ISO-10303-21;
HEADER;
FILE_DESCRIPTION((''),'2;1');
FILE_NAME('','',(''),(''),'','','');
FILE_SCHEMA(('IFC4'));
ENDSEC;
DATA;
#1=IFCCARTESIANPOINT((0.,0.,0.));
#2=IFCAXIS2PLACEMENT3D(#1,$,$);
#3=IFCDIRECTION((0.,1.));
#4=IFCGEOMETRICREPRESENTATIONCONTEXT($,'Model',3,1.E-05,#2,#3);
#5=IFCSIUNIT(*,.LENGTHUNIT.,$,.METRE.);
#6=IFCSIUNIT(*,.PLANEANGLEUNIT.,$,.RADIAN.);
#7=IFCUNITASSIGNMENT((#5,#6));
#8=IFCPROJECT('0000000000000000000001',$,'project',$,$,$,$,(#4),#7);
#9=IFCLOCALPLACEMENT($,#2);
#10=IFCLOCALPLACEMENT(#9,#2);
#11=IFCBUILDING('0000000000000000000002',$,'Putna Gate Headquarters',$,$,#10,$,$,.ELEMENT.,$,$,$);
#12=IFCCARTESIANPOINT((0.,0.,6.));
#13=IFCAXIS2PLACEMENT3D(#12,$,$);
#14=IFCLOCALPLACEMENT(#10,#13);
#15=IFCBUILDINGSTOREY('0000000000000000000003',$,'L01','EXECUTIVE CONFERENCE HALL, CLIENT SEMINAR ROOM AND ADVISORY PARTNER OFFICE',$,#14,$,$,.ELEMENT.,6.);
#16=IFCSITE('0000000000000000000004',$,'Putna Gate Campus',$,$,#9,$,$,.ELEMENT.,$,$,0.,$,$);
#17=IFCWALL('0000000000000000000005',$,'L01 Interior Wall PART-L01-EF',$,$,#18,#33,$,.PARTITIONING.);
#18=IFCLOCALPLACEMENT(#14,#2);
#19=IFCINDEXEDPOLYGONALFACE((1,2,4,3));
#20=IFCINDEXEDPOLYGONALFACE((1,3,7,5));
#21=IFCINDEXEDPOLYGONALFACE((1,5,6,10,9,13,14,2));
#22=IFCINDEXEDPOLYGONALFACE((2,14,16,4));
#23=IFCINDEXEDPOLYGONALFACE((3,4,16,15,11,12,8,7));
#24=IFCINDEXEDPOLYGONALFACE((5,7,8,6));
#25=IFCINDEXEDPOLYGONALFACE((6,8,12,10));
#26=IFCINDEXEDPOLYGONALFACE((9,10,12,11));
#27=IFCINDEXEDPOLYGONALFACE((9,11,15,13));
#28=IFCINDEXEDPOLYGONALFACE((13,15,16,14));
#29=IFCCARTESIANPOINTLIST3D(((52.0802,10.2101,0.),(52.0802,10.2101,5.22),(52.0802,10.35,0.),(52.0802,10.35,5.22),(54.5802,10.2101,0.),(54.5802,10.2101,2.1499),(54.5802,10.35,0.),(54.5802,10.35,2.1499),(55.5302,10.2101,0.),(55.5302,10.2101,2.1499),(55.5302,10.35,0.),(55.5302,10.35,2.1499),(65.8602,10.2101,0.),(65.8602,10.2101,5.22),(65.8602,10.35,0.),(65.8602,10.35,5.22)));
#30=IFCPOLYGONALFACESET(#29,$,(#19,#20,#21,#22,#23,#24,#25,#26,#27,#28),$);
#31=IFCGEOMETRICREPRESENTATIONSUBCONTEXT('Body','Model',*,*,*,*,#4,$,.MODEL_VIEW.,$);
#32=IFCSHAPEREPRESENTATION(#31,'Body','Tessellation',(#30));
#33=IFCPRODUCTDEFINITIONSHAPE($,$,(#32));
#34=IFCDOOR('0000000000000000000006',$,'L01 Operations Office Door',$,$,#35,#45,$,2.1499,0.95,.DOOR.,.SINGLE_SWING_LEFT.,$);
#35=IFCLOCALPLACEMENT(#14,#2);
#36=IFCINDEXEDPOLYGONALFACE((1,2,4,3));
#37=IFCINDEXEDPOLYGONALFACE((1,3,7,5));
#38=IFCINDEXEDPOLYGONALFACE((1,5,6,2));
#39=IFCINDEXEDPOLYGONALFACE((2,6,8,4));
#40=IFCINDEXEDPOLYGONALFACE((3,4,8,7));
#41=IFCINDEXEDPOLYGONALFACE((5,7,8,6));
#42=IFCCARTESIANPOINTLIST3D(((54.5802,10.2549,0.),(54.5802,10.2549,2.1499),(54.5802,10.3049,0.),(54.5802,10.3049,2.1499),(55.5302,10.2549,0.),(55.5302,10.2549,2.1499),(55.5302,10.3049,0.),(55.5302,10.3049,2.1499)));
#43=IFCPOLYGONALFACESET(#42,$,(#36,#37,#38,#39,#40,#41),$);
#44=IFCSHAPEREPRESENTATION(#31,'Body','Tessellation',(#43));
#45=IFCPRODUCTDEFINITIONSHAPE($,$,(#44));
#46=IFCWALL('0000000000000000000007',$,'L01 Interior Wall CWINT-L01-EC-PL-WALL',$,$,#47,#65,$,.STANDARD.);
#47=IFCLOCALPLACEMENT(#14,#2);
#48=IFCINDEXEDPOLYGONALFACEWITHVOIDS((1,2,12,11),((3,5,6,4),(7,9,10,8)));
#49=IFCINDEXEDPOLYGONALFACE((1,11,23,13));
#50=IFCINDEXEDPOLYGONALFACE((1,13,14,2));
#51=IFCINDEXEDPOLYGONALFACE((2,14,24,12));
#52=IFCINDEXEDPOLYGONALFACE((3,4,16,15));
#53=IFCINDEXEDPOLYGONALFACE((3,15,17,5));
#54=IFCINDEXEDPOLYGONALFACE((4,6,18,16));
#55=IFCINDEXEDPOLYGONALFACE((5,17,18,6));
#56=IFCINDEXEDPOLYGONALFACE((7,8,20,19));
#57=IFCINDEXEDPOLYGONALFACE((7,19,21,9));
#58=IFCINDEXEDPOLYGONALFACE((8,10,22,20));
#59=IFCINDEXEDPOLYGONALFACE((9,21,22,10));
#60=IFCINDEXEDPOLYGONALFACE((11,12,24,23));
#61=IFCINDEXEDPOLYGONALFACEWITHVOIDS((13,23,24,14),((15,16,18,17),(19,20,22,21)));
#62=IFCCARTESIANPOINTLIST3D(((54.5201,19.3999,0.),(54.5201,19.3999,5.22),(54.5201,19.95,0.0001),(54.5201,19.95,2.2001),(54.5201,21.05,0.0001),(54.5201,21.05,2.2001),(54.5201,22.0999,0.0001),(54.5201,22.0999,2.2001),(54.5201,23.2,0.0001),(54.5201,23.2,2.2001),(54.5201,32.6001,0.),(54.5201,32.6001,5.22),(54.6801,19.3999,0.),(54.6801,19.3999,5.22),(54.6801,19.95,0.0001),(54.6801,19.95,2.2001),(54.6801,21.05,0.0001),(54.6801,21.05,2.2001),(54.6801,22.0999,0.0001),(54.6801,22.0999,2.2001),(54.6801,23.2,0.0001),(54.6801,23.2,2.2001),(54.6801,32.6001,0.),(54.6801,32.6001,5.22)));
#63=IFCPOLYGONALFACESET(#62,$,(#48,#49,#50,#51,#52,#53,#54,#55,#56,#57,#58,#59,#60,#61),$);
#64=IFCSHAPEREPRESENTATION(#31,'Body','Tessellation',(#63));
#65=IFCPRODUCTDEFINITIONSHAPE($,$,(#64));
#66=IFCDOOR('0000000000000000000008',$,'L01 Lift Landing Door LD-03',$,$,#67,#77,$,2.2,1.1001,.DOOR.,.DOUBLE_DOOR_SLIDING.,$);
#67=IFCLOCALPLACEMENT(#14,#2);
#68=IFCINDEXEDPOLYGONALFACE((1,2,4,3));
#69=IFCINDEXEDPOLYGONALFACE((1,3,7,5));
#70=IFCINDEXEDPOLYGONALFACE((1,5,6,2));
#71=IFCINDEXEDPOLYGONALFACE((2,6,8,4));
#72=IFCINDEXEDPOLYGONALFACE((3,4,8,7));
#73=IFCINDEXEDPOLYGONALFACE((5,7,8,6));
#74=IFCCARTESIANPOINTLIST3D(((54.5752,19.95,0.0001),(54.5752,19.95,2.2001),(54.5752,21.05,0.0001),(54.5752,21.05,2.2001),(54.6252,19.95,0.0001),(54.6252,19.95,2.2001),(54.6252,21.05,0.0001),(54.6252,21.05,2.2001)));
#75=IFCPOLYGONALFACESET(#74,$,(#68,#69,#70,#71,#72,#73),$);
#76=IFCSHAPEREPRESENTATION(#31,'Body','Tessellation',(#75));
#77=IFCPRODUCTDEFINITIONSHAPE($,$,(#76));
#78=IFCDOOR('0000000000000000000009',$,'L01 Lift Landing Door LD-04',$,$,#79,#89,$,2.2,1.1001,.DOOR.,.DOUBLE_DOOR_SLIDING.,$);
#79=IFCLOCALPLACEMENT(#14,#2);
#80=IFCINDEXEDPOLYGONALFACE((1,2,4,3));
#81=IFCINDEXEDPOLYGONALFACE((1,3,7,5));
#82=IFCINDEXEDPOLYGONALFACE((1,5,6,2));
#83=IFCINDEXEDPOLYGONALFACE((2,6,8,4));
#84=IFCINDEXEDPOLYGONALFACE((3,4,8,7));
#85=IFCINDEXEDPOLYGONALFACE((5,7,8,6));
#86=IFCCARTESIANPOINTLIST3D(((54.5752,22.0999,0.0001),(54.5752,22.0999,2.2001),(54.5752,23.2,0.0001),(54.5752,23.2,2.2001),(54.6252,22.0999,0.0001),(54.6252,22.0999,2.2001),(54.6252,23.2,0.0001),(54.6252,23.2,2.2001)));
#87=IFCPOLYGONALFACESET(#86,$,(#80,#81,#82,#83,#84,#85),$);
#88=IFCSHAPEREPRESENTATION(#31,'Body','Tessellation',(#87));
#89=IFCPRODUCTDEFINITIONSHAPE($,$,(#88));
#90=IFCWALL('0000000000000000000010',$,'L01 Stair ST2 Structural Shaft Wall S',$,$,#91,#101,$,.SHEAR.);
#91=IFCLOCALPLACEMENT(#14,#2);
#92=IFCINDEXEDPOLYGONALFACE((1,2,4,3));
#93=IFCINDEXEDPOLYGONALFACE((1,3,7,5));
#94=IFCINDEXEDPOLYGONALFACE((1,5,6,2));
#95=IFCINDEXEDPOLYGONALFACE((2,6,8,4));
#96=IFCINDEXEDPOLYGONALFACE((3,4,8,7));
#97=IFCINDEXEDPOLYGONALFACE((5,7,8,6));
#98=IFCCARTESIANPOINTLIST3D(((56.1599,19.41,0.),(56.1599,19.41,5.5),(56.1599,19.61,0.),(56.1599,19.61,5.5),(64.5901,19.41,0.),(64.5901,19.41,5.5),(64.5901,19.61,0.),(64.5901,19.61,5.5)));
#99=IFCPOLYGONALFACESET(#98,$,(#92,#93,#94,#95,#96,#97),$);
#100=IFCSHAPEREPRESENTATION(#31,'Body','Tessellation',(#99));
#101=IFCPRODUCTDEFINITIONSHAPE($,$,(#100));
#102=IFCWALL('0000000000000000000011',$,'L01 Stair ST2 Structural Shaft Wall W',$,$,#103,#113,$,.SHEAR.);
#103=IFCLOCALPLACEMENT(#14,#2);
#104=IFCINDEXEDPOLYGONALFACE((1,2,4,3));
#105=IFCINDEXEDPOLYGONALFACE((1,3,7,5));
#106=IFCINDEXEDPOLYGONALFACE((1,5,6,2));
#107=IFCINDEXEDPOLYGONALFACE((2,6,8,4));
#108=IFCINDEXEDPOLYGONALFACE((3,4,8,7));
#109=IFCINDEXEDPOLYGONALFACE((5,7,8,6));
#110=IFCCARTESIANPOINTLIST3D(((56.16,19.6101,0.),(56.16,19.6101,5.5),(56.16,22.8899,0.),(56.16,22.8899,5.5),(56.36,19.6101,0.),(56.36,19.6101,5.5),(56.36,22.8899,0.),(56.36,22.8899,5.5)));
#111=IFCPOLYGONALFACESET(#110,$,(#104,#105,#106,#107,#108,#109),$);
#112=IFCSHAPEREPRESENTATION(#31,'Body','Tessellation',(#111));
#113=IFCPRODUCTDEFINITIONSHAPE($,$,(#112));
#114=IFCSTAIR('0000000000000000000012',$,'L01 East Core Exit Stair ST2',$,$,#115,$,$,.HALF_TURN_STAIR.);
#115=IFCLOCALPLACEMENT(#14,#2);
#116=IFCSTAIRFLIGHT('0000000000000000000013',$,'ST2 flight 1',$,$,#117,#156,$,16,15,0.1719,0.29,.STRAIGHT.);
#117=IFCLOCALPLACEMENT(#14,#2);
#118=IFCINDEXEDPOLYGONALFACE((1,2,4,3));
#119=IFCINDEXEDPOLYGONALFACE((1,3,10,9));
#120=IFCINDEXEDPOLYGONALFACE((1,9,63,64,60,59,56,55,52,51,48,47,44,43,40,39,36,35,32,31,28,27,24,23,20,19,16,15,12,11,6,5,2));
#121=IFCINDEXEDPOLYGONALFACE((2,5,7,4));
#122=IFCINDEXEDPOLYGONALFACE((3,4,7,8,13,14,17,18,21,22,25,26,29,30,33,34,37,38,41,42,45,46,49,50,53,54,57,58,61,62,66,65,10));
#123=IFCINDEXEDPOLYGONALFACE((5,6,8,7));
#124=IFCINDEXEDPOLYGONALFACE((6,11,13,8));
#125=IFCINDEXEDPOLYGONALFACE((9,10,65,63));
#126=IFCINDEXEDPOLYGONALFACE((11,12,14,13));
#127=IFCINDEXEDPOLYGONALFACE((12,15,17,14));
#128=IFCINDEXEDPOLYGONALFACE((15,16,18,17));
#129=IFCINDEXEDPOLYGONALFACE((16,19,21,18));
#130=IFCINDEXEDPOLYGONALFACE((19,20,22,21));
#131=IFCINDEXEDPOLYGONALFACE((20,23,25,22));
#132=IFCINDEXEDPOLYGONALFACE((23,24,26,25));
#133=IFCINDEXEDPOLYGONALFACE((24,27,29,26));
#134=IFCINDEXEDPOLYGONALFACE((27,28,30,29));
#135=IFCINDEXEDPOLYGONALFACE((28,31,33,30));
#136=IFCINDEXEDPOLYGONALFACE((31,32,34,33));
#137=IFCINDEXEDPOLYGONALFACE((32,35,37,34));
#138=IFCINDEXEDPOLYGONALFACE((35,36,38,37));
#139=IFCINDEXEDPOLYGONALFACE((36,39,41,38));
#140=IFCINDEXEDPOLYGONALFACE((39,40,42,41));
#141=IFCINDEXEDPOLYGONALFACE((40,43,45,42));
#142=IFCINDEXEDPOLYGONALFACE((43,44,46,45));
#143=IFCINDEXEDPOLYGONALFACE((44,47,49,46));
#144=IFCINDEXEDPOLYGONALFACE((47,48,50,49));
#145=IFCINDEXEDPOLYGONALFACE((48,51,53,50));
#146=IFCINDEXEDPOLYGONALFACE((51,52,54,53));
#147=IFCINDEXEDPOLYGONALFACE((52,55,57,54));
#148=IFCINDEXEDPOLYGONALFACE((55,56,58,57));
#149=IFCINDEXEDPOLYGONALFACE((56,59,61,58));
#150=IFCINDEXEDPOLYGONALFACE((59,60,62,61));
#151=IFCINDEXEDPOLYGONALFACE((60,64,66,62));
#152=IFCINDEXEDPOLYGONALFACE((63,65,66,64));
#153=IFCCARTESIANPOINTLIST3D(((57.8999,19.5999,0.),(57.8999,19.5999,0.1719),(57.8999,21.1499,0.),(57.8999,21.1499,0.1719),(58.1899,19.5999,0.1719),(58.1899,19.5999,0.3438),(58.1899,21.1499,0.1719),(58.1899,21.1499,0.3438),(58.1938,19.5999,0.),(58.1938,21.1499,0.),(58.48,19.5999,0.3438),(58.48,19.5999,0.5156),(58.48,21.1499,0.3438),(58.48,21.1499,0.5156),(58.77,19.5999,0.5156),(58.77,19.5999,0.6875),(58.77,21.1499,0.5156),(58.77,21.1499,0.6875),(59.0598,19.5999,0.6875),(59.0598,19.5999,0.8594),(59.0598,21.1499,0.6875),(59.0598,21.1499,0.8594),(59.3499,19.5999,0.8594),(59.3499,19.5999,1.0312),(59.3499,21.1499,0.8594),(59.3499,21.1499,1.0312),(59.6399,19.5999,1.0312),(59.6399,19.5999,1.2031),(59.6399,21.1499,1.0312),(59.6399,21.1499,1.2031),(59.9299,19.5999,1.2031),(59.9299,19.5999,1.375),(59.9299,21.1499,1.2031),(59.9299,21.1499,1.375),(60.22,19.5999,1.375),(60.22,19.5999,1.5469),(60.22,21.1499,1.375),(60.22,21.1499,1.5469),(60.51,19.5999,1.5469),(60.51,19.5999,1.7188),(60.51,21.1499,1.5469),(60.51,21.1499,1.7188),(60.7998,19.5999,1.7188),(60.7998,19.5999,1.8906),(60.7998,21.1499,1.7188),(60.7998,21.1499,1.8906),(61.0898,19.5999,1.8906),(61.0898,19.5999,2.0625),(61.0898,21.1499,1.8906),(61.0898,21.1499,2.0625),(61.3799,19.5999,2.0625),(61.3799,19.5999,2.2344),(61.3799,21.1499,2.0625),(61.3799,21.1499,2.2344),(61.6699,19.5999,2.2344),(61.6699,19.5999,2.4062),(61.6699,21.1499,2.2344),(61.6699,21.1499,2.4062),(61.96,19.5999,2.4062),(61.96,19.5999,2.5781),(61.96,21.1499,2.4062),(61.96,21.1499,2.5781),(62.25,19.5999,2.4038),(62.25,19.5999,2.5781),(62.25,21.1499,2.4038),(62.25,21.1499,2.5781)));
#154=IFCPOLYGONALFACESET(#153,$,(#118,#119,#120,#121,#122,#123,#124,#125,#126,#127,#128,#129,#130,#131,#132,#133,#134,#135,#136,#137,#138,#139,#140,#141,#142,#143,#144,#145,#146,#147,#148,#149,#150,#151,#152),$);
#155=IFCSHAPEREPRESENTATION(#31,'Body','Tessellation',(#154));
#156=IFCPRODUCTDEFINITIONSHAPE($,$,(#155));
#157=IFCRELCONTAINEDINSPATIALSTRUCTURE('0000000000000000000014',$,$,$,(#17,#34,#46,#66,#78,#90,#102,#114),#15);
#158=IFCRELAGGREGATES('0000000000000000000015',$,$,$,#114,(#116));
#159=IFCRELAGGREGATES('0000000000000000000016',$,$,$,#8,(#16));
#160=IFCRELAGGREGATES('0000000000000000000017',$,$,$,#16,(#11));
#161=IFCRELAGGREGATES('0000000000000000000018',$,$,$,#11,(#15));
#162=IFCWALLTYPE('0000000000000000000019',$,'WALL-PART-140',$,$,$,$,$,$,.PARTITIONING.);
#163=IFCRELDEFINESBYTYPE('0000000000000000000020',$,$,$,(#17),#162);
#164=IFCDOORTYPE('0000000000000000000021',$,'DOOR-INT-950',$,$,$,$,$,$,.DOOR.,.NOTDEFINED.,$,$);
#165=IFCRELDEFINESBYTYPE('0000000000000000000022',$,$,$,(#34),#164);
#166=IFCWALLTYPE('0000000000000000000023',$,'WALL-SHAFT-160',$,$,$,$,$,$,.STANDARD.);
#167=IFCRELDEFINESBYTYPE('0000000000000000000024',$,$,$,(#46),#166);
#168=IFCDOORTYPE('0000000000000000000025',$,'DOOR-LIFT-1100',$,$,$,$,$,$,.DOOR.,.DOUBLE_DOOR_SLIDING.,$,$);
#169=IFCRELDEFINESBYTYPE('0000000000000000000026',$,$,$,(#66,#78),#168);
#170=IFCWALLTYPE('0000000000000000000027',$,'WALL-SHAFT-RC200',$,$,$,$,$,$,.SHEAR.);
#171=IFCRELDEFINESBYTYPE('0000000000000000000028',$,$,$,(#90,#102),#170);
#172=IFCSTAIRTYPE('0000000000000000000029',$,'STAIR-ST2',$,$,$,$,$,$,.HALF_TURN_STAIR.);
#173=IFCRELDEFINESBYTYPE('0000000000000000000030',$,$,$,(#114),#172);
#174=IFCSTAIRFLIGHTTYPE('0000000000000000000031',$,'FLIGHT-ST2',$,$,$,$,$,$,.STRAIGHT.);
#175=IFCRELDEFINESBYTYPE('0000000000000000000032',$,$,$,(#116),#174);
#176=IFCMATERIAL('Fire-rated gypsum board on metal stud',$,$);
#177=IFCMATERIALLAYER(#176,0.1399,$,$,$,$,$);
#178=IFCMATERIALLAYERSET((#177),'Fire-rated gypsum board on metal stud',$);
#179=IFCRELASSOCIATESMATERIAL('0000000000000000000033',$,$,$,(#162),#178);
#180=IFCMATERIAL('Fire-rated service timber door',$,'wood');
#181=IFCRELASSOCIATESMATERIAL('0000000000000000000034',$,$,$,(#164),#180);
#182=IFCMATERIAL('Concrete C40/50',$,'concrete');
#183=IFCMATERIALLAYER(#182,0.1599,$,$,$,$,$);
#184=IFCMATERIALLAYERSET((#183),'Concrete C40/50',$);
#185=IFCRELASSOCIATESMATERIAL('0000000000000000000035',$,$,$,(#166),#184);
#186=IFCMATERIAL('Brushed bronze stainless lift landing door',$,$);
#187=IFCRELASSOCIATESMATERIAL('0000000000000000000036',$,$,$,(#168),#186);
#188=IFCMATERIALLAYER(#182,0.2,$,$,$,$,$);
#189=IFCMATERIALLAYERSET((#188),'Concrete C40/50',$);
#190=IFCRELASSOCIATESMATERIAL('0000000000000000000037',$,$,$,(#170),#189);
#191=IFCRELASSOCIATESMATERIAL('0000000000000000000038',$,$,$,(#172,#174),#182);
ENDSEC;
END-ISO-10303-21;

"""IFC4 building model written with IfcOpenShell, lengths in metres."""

from ifc_helpers import new_model, si_unit, direction, frame, frame_2d, origin, place, context, subcontext, project, spatial, polyline, rectangle, outline, extrude, material, layer, layer_set, type_object, element, fill, aggregate, save


model = new_model("IFC4")

# Units and contexts
model_context = context("Model", 3, precision=1e-05, world=origin(), true_north=direction((0.0, 1.0)))
body_context = subcontext(model_context, "Body", "Model", "MODEL_VIEW")
ifc_project = project(units=[si_unit("LENGTHUNIT", "METRE"), si_unit("PLANEANGLEUNIT", "RADIAN")], contexts=[model_context])

# Site, building, storey
site_placement = place(None, origin())
site = spatial("IfcSite", under=ifc_project, at=site_placement, Name="Putna Gate Campus", CompositionType="ELEMENT", RefElevation=0.0)
building_placement = place(site_placement, origin())
building = spatial("IfcBuilding", under=site, at=building_placement, Name="Putna Gate Headquarters", CompositionType="ELEMENT")
storey_placement = place(building_placement, frame((0.0, 0.0, 6.0)))
storey = spatial("IfcBuildingStorey", under=building, at=storey_placement, Name="L01", Description="EXECUTIVE CONFERENCE HALL, CLIENT SEMINAR ROOM AND ADVISORY PARTNER OFFICE", CompositionType="ELEMENT", Elevation=6.0)

# Wall, opening, door
ifc_material_1 = material(Name="Fire-rated gypsum board on metal stud")
ifc_layer_1 = layer(ifc_material_1, 0.1399)
ifc_layer_set_1 = layer_set([ifc_layer_1], Name="Fire-rated gypsum board on metal stud")
wall_type_1 = type_object("IfcWallType", Name="WALL-PART-140", PredefinedType="PARTITIONING", material=ifc_layer_set_1)
wall_1_placement = place(storey_placement, frame((52.0801, 10.28, 0.0), z_axis=(0.0, 0.0, 1.0), x_axis=(1.0, 0.0, 0.0)))
wall_1 = element("IfcWall", 1, at=wall_1_placement, inside=storey, type_object=wall_type_1, Name="L01 Interior Wall PART-L01-EF", PredefinedType="PARTITIONING", context=body_context, shape_type="SweptSolid", body=[
    extrude(rectangle(XDim=13.78, YDim=0.1399, at=frame_2d((6.8901, 0.0))), origin(), (0.0, 0.0, 1.0), 5.22),
])
opening_1_placement = place(wall_1_placement, frame((2.5, 0.0, 0.0)))
opening_1 = element("IfcOpeningElement", 2, at=opening_1_placement, cuts=wall_1, PredefinedType="OPENING", context=body_context, shape_type="SweptSolid", body=[
    extrude(rectangle(XDim=0.95, YDim=2.1499, at=frame_2d((0.4751, 1.075))), frame((0.0, 0.0798, 0.0), z_axis=(0.0, -1.0, 0.0), x_axis=(1.0, 0.0, 0.0)), (0.0, 0.0, 1.0), 0.1599),
])
ifc_material_2 = material(Name="Fire-rated service timber door", Category="wood")
door_type_1 = type_object("IfcDoorType", Name="DOOR-INT-950", OperationType="NOTDEFINED", PredefinedType="DOOR", material=ifc_material_2)
door_1_placement = place(opening_1_placement, origin())
door_1 = element("IfcDoor", 3, at=door_1_placement, inside=storey, type_object=door_type_1, Name="L01 Operations Office Door", OperationType="SINGLE_SWING_LEFT", OverallHeight=2.1499, OverallWidth=0.95, PredefinedType="DOOR", context=body_context, shape_type="SweptSolid", body=[
    extrude(rectangle(XDim=0.95, YDim=2.1499, at=frame_2d((0.4751, 1.075))), frame((0.0, 0.0249, 0.0), z_axis=(0.0, -1.0, 0.0), x_axis=(1.0, 0.0, 0.0)), (0.0, 0.0, 1.0), 0.05),
])
fill(opening_1, door_1)

# Wall, openings, doors
ifc_material_3 = material(Name="Concrete C40/50", Category="concrete")
ifc_layer_2 = layer(ifc_material_3, 0.1599)
ifc_layer_set_2 = layer_set([ifc_layer_2], Name="Concrete C40/50")
wall_type_2 = type_object("IfcWallType", Name="WALL-SHAFT-160", PredefinedType="STANDARD", material=ifc_layer_set_2)
wall_2_placement = place(storey_placement, frame((54.6001, 19.3999, 0.0), z_axis=(0.0, 0.0, 1.0), x_axis=(0.0, 1.0, 0.0)))
wall_2 = element("IfcWall", 4, at=wall_2_placement, inside=storey, type_object=wall_type_2, Name="L01 Interior Wall CWINT-L01-EC-PL-WALL", PredefinedType="STANDARD", context=body_context, shape_type="SweptSolid", body=[
    extrude(rectangle(XDim=13.2002, YDim=0.1599, at=frame_2d((6.6001, 0.0))), origin(), (0.0, 0.0, 1.0), 5.22),
])
opening_2_placement = place(wall_2_placement, frame((0.55, 0.0, 0.0)))
opening_2 = element("IfcOpeningElement", 5, at=opening_2_placement, cuts=wall_2, PredefinedType="OPENING", context=body_context, shape_type="SweptSolid", body=[
    extrude(rectangle(XDim=1.1001, YDim=2.2, at=frame_2d((0.55, 1.1001))), frame((0.0, 0.0898, 0.0), z_axis=(0.0, -1.0, 0.0), x_axis=(1.0, 0.0, 0.0)), (0.0, 0.0, 1.0), 0.1799),
])
opening_3_placement = place(wall_2_placement, frame((2.7, 0.0, 0.0)))
opening_3 = element("IfcOpeningElement", 6, at=opening_3_placement, cuts=wall_2, PredefinedType="OPENING", context=body_context, shape_type="SweptSolid", body=[
    extrude(rectangle(XDim=1.1001, YDim=2.2, at=frame_2d((0.55, 1.1001))), frame((0.0, 0.0898, 0.0), z_axis=(0.0, -1.0, 0.0), x_axis=(1.0, 0.0, 0.0)), (0.0, 0.0, 1.0), 0.1799),
])
ifc_material_4 = material(Name="Brushed bronze stainless lift landing door")
door_type_2 = type_object("IfcDoorType", Name="DOOR-LIFT-1100", OperationType="DOUBLE_DOOR_SLIDING", PredefinedType="DOOR", material=ifc_material_4)
door_2_placement = place(opening_2_placement, origin())
door_2 = element("IfcDoor", 7, at=door_2_placement, inside=storey, type_object=door_type_2, Name="L01 Lift Landing Door LD-03", OperationType="DOUBLE_DOOR_SLIDING", OverallHeight=2.2, OverallWidth=1.1001, PredefinedType="DOOR", context=body_context, shape_type="SweptSolid", body=[
    extrude(rectangle(XDim=1.1001, YDim=2.2, at=frame_2d((0.55, 1.1001))), frame((0.0, 0.0249, 0.0), z_axis=(0.0, -1.0, 0.0), x_axis=(1.0, 0.0, 0.0)), (0.0, 0.0, 1.0), 0.05),
])
fill(opening_2, door_2)
door_3_placement = place(opening_3_placement, origin())
door_3 = element("IfcDoor", 8, at=door_3_placement, inside=storey, type_object=door_type_2, Name="L01 Lift Landing Door LD-04", OperationType="DOUBLE_DOOR_SLIDING", OverallHeight=2.2, OverallWidth=1.1001, PredefinedType="DOOR", context=body_context, shape_type="SweptSolid", body=[
    extrude(rectangle(XDim=1.1001, YDim=2.2, at=frame_2d((0.55, 1.1001))), frame((0.0, 0.0249, 0.0), z_axis=(0.0, -1.0, 0.0), x_axis=(1.0, 0.0, 0.0)), (0.0, 0.0, 1.0), 0.05),
])
fill(opening_3, door_3)

# Walls
ifc_layer_3 = layer(ifc_material_3, 0.2)
ifc_layer_set_3 = layer_set([ifc_layer_3], Name="Concrete C40/50")
wall_type_3 = type_object("IfcWallType", Name="WALL-SHAFT-RC200", PredefinedType="SHEAR", material=ifc_layer_set_3)
wall_3_placement = place(storey_placement, frame((56.1599, 19.51, 0.0), z_axis=(0.0, 0.0, 1.0), x_axis=(1.0, 0.0, 0.0)))
element("IfcWall", 9, at=wall_3_placement, inside=storey, type_object=wall_type_3, Name="L01 Stair ST2 Structural Shaft Wall S", PredefinedType="SHEAR", context=body_context, shape_type="SweptSolid", body=[
    extrude(rectangle(XDim=8.4302, YDim=0.2, at=frame_2d((4.2151, 0.0))), origin(), (0.0, 0.0, 1.0), 5.5),
])
wall_4_placement = place(storey_placement, frame((56.26, 19.6101, 0.0), z_axis=(0.0, 0.0, 1.0), x_axis=(0.0, 1.0, 0.0)))
element("IfcWall", 10, at=wall_4_placement, inside=storey, type_object=wall_type_3, Name="L01 Stair ST2 Structural Shaft Wall W", PredefinedType="SHEAR", context=body_context, shape_type="SweptSolid", body=[
    extrude(rectangle(XDim=3.2798, YDim=0.2, at=frame_2d((1.6399, 0.0))), origin(), (0.0, 0.0, 1.0), 5.5),
])

# Stair, stair flight
stair_type = type_object("IfcStairType", Name="STAIR-ST2", PredefinedType="HALF_TURN_STAIR", material=ifc_material_3)
stair_placement = place(storey_placement, origin())
stair = element("IfcStair", 11, at=stair_placement, inside=storey, type_object=stair_type, Name="L01 East Core Exit Stair ST2", PredefinedType="HALF_TURN_STAIR")
stair_flight_type = type_object("IfcStairFlightType", Name="FLIGHT-ST2", PredefinedType="STRAIGHT", material=ifc_material_3)
stair_flight_placement = place(storey_placement, frame((57.8999, 20.375, 0.0), z_axis=(0.0, 0.0, 1.0), x_axis=(1.0, 0.0, 0.0)))
stair_flight = element("IfcStairFlight", 12, at=stair_flight_placement, type_object=stair_flight_type, Name="ST2 flight 1", NumberOfRisers=16, NumberOfTreads=15, PredefinedType="STRAIGHT", RiserHeight=0.1719, TreadLength=0.29, context=body_context, shape_type="SweptSolid", body=[
    extrude(outline(polyline([(0.0, 0.0), (0.0, 0.1719), (0.29, 0.1719), (0.29, 0.3438), (0.5801, 0.3438), (0.5801, 0.5156), (0.8701, 0.5156), (0.8701, 0.6875), (1.1599, 0.6875), (1.1599, 0.8594), (1.45, 0.8594), (1.45, 1.0312), (1.74, 1.0312), (1.74, 1.2031), (2.03, 1.2031), (2.03, 1.375), (2.3201, 1.375), (2.3201, 1.5469), (2.6101, 1.5469), (2.6101, 1.7188), (2.8999, 1.7188), (2.8999, 1.8906), (3.1899, 1.8906), (3.1899, 2.0625), (3.48, 2.0625), (3.48, 2.2344), (3.77, 2.2344), (3.77, 2.4062), (4.0601, 2.4062), (4.0601, 2.5781), (4.3501, 2.5781), (4.3501, 2.75), (4.3501, 2.4038), (0.2939, 0.0), (0.0, 0.0)])), frame((0.0, 0.7749, 0.0), z_axis=(0.0, -1.0, 0.0), x_axis=(1.0, 0.0, 0.0)), (0.0, 0.0, 1.0), 1.55),
])
aggregate(stair, [stair_flight])

save(model, "model.ifc")
